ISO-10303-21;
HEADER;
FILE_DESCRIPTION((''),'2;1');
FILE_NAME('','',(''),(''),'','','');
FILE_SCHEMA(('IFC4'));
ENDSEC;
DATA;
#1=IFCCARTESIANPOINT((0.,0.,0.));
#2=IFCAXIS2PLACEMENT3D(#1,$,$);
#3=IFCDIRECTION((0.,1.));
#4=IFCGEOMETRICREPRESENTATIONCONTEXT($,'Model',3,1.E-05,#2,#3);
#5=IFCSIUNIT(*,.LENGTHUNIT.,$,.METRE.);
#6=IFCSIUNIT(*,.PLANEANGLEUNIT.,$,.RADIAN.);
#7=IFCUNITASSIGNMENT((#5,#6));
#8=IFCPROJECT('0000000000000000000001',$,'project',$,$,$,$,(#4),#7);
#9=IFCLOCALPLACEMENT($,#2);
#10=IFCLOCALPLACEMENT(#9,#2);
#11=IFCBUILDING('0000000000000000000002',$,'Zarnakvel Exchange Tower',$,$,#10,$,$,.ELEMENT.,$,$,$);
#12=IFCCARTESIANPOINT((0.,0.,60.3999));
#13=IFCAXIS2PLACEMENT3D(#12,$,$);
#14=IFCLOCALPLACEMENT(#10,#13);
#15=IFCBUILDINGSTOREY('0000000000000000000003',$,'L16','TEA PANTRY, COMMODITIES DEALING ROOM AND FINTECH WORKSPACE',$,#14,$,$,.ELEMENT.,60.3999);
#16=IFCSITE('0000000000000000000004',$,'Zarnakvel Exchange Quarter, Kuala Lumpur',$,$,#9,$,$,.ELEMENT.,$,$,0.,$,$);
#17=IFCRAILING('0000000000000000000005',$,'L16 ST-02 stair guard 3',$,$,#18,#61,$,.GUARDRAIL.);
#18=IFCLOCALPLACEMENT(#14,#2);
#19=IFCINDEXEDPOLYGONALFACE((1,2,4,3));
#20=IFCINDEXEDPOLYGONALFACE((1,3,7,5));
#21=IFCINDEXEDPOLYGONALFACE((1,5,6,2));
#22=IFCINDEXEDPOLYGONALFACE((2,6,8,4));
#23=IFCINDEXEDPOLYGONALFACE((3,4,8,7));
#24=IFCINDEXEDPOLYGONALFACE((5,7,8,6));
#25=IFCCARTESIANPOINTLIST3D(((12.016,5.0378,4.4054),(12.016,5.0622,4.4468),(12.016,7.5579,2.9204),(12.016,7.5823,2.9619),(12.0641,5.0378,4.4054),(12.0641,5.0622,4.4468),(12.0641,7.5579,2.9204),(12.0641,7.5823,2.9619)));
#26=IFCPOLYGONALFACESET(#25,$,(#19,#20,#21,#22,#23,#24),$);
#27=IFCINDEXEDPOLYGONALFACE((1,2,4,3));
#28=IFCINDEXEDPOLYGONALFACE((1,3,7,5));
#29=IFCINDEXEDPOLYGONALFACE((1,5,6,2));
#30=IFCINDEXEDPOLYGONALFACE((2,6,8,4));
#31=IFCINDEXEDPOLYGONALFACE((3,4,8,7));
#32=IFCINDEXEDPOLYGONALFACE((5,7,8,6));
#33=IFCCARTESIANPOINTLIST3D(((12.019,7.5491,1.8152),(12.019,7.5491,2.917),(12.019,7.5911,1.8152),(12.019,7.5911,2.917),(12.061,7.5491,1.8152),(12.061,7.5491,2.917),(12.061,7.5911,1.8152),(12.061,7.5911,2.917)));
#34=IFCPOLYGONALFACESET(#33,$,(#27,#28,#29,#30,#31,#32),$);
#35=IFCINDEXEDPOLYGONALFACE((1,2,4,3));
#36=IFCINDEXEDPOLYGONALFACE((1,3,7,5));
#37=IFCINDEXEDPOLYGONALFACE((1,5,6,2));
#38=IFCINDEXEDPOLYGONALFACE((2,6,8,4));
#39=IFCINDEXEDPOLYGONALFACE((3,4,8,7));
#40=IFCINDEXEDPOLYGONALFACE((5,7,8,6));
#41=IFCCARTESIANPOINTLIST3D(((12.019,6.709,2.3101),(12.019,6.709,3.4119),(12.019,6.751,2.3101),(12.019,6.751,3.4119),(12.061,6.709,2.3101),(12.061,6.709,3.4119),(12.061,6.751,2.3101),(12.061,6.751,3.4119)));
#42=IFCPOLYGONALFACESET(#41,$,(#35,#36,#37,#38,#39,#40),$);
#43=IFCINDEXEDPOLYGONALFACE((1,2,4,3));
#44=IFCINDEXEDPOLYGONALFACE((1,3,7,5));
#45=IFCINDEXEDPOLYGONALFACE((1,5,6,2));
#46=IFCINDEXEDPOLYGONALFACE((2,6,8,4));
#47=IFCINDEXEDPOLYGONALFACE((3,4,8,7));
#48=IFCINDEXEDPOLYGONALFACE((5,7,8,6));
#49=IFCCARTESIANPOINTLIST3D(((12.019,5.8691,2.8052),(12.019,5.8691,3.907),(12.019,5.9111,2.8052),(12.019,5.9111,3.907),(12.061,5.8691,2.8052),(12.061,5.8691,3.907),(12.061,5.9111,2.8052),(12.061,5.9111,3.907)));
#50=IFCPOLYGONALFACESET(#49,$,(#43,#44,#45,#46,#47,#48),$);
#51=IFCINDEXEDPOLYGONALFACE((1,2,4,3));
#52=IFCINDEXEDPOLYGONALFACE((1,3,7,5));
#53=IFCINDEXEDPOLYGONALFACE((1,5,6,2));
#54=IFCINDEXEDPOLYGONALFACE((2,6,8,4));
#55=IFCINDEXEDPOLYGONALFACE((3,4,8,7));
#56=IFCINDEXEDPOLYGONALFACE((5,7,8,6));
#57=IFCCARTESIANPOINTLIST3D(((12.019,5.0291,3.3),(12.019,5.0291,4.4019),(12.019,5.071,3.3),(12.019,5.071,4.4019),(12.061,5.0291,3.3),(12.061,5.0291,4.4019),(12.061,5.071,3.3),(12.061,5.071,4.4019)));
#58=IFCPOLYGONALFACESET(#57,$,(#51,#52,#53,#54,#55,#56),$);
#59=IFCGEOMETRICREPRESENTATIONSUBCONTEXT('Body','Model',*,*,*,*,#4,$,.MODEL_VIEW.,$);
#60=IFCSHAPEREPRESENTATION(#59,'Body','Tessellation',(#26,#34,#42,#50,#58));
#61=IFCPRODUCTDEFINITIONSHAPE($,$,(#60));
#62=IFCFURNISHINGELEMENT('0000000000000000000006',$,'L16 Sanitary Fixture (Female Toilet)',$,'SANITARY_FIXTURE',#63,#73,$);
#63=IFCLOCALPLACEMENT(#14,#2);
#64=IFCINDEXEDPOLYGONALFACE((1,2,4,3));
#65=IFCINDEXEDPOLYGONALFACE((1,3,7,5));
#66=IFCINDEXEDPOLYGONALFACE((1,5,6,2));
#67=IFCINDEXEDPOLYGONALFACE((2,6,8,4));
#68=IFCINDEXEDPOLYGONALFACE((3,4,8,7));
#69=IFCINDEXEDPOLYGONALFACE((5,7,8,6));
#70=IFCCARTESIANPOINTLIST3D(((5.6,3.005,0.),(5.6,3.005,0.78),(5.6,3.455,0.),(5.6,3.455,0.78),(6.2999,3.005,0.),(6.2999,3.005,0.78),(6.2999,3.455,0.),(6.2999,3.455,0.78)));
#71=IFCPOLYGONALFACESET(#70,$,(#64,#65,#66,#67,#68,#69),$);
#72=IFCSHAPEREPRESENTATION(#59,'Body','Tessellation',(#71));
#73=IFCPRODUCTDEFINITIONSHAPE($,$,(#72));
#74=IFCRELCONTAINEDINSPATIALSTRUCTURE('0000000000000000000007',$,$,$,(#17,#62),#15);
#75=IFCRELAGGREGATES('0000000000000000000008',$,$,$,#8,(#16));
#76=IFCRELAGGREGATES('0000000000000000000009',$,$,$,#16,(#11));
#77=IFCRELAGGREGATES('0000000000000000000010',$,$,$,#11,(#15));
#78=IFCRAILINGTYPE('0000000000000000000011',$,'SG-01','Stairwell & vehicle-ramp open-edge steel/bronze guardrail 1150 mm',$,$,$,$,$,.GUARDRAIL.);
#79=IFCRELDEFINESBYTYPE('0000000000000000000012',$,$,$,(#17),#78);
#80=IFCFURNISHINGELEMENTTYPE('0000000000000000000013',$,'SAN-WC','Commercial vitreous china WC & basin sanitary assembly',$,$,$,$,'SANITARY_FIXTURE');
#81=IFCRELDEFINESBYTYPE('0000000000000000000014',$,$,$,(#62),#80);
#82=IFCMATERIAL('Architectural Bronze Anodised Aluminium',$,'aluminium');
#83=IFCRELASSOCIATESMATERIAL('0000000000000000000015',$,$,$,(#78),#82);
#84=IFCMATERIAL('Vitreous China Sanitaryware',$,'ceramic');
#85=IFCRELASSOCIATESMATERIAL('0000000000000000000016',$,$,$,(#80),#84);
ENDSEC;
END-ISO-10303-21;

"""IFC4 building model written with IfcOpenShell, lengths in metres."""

from ifc_helpers import new_model, si_unit, direction, frame, origin, origin_2d, place, context, subcontext, project, spatial, rectangle, extrude, source, transform, mapped, material, type_object, element, save


model = new_model("IFC4")

# Units and contexts
model_context = context("Model", 3, precision=1e-05, world=origin(), true_north=direction((0.0, 1.0)))
body_context = subcontext(model_context, "Body", "Model", "MODEL_VIEW")
ifc_project = project(units=[si_unit("LENGTHUNIT", "METRE"), si_unit("PLANEANGLEUNIT", "RADIAN")], contexts=[model_context])

# Site, building, storey
site_placement = place(None, origin())
site = spatial("IfcSite", under=ifc_project, at=site_placement, Name="Zarnakvel Exchange Quarter, Kuala Lumpur", CompositionType="ELEMENT", RefElevation=0.0)
building_placement = place(site_placement, origin())
building = spatial("IfcBuilding", under=site, at=building_placement, Name="Zarnakvel Exchange Tower", CompositionType="ELEMENT")
storey_placement = place(building_placement, frame((0.0, 0.0, 60.3999)))
storey = spatial("IfcBuildingStorey", under=building, at=storey_placement, Name="L16", Description="TEA PANTRY, COMMODITIES DEALING ROOM AND FINTECH WORKSPACE", CompositionType="ELEMENT", Elevation=60.3999)

# Railing
ifc_material_1 = material(Name="Architectural Bronze Anodised Aluminium", Category="aluminium")
railing_type_1 = type_object("IfcRailingType", Name="SG-01", Description="Stairwell & vehicle-ramp open-edge steel/bronze guardrail 1150 mm", PredefinedType="GUARDRAIL", material=ifc_material_1)
railing_1_placement = place(storey_placement, frame((12.04, 7.5701, 1.8152)))
element("IfcRailing", 1, at=railing_1_placement, inside=storey, type_object=railing_type_1, Name="L16 ST-02 stair guard 3", PredefinedType="GUARDRAIL", context=body_context, shape_type="SweptSolid", body=[
    extrude(rectangle(XDim=0.0481, YDim=0.0481, at=origin_2d()), frame((0.0, 0.0, 1.126), z_axis=(0.0, -0.861561, 0.507655), x_axis=(1.0, 0.0, 0.0)), (0.0, 0.0, 1.0), 2.925),
    extrude(rectangle(XDim=0.042, YDim=0.042, at=origin_2d()), origin(), (0.0, 0.0, 1.0), 1.1018),
    extrude(rectangle(XDim=0.042, YDim=0.042, at=origin_2d()), frame((0.0, -0.8401, 0.4949)), (0.0, 0.0, 1.0), 1.1018),
    extrude(rectangle(XDim=0.042, YDim=0.042, at=origin_2d()), frame((0.0, -1.6799, 0.99)), (0.0, 0.0, 1.0), 1.1018),
    extrude(rectangle(XDim=0.042, YDim=0.042, at=origin_2d()), frame((0.0, -2.52, 1.4849)), (0.0, 0.0, 1.0), 1.1018),
])

# Furnishing element
ifc_material_2 = material(Name="Vitreous China Sanitaryware", Category="ceramic")
furnishing_element_type = type_object("IfcFurnishingElementType", Name="SAN-WC", Description="Commercial vitreous china WC & basin sanitary assembly", ElementType="SANITARY_FIXTURE", material=ifc_material_2)
shared_shape_1 = source(origin(), body_context, "Body", "SweptSolid", [
    extrude(rectangle(XDim=0.7, YDim=0.45, at=origin_2d()), origin(), (0.0, 0.0, 1.0), 0.78),
])
furnishing_placement = place(storey_placement, frame((5.95, 3.23, 0.0), z_axis=(0.0, 0.0, 1.0), x_axis=(1.0, 0.0, 0.0)))
element("IfcFurnishingElement", 2, at=furnishing_placement, inside=storey, type_object=furnishing_element_type, Name="L16 Sanitary Fixture (Female Toilet)", ObjectType="SANITARY_FIXTURE", context=body_context, shape_type="MappedRepresentation", body=[
    mapped(shared_shape_1, transform((0.0, 0.0, 0.0), x_axis=(1.0, 0.0, 0.0), y_axis=(0.0, 1.0, 0.0), z_axis=(0.0, 0.0, 1.0), scale=1.0)),
])

save(model, "model.ifc")
